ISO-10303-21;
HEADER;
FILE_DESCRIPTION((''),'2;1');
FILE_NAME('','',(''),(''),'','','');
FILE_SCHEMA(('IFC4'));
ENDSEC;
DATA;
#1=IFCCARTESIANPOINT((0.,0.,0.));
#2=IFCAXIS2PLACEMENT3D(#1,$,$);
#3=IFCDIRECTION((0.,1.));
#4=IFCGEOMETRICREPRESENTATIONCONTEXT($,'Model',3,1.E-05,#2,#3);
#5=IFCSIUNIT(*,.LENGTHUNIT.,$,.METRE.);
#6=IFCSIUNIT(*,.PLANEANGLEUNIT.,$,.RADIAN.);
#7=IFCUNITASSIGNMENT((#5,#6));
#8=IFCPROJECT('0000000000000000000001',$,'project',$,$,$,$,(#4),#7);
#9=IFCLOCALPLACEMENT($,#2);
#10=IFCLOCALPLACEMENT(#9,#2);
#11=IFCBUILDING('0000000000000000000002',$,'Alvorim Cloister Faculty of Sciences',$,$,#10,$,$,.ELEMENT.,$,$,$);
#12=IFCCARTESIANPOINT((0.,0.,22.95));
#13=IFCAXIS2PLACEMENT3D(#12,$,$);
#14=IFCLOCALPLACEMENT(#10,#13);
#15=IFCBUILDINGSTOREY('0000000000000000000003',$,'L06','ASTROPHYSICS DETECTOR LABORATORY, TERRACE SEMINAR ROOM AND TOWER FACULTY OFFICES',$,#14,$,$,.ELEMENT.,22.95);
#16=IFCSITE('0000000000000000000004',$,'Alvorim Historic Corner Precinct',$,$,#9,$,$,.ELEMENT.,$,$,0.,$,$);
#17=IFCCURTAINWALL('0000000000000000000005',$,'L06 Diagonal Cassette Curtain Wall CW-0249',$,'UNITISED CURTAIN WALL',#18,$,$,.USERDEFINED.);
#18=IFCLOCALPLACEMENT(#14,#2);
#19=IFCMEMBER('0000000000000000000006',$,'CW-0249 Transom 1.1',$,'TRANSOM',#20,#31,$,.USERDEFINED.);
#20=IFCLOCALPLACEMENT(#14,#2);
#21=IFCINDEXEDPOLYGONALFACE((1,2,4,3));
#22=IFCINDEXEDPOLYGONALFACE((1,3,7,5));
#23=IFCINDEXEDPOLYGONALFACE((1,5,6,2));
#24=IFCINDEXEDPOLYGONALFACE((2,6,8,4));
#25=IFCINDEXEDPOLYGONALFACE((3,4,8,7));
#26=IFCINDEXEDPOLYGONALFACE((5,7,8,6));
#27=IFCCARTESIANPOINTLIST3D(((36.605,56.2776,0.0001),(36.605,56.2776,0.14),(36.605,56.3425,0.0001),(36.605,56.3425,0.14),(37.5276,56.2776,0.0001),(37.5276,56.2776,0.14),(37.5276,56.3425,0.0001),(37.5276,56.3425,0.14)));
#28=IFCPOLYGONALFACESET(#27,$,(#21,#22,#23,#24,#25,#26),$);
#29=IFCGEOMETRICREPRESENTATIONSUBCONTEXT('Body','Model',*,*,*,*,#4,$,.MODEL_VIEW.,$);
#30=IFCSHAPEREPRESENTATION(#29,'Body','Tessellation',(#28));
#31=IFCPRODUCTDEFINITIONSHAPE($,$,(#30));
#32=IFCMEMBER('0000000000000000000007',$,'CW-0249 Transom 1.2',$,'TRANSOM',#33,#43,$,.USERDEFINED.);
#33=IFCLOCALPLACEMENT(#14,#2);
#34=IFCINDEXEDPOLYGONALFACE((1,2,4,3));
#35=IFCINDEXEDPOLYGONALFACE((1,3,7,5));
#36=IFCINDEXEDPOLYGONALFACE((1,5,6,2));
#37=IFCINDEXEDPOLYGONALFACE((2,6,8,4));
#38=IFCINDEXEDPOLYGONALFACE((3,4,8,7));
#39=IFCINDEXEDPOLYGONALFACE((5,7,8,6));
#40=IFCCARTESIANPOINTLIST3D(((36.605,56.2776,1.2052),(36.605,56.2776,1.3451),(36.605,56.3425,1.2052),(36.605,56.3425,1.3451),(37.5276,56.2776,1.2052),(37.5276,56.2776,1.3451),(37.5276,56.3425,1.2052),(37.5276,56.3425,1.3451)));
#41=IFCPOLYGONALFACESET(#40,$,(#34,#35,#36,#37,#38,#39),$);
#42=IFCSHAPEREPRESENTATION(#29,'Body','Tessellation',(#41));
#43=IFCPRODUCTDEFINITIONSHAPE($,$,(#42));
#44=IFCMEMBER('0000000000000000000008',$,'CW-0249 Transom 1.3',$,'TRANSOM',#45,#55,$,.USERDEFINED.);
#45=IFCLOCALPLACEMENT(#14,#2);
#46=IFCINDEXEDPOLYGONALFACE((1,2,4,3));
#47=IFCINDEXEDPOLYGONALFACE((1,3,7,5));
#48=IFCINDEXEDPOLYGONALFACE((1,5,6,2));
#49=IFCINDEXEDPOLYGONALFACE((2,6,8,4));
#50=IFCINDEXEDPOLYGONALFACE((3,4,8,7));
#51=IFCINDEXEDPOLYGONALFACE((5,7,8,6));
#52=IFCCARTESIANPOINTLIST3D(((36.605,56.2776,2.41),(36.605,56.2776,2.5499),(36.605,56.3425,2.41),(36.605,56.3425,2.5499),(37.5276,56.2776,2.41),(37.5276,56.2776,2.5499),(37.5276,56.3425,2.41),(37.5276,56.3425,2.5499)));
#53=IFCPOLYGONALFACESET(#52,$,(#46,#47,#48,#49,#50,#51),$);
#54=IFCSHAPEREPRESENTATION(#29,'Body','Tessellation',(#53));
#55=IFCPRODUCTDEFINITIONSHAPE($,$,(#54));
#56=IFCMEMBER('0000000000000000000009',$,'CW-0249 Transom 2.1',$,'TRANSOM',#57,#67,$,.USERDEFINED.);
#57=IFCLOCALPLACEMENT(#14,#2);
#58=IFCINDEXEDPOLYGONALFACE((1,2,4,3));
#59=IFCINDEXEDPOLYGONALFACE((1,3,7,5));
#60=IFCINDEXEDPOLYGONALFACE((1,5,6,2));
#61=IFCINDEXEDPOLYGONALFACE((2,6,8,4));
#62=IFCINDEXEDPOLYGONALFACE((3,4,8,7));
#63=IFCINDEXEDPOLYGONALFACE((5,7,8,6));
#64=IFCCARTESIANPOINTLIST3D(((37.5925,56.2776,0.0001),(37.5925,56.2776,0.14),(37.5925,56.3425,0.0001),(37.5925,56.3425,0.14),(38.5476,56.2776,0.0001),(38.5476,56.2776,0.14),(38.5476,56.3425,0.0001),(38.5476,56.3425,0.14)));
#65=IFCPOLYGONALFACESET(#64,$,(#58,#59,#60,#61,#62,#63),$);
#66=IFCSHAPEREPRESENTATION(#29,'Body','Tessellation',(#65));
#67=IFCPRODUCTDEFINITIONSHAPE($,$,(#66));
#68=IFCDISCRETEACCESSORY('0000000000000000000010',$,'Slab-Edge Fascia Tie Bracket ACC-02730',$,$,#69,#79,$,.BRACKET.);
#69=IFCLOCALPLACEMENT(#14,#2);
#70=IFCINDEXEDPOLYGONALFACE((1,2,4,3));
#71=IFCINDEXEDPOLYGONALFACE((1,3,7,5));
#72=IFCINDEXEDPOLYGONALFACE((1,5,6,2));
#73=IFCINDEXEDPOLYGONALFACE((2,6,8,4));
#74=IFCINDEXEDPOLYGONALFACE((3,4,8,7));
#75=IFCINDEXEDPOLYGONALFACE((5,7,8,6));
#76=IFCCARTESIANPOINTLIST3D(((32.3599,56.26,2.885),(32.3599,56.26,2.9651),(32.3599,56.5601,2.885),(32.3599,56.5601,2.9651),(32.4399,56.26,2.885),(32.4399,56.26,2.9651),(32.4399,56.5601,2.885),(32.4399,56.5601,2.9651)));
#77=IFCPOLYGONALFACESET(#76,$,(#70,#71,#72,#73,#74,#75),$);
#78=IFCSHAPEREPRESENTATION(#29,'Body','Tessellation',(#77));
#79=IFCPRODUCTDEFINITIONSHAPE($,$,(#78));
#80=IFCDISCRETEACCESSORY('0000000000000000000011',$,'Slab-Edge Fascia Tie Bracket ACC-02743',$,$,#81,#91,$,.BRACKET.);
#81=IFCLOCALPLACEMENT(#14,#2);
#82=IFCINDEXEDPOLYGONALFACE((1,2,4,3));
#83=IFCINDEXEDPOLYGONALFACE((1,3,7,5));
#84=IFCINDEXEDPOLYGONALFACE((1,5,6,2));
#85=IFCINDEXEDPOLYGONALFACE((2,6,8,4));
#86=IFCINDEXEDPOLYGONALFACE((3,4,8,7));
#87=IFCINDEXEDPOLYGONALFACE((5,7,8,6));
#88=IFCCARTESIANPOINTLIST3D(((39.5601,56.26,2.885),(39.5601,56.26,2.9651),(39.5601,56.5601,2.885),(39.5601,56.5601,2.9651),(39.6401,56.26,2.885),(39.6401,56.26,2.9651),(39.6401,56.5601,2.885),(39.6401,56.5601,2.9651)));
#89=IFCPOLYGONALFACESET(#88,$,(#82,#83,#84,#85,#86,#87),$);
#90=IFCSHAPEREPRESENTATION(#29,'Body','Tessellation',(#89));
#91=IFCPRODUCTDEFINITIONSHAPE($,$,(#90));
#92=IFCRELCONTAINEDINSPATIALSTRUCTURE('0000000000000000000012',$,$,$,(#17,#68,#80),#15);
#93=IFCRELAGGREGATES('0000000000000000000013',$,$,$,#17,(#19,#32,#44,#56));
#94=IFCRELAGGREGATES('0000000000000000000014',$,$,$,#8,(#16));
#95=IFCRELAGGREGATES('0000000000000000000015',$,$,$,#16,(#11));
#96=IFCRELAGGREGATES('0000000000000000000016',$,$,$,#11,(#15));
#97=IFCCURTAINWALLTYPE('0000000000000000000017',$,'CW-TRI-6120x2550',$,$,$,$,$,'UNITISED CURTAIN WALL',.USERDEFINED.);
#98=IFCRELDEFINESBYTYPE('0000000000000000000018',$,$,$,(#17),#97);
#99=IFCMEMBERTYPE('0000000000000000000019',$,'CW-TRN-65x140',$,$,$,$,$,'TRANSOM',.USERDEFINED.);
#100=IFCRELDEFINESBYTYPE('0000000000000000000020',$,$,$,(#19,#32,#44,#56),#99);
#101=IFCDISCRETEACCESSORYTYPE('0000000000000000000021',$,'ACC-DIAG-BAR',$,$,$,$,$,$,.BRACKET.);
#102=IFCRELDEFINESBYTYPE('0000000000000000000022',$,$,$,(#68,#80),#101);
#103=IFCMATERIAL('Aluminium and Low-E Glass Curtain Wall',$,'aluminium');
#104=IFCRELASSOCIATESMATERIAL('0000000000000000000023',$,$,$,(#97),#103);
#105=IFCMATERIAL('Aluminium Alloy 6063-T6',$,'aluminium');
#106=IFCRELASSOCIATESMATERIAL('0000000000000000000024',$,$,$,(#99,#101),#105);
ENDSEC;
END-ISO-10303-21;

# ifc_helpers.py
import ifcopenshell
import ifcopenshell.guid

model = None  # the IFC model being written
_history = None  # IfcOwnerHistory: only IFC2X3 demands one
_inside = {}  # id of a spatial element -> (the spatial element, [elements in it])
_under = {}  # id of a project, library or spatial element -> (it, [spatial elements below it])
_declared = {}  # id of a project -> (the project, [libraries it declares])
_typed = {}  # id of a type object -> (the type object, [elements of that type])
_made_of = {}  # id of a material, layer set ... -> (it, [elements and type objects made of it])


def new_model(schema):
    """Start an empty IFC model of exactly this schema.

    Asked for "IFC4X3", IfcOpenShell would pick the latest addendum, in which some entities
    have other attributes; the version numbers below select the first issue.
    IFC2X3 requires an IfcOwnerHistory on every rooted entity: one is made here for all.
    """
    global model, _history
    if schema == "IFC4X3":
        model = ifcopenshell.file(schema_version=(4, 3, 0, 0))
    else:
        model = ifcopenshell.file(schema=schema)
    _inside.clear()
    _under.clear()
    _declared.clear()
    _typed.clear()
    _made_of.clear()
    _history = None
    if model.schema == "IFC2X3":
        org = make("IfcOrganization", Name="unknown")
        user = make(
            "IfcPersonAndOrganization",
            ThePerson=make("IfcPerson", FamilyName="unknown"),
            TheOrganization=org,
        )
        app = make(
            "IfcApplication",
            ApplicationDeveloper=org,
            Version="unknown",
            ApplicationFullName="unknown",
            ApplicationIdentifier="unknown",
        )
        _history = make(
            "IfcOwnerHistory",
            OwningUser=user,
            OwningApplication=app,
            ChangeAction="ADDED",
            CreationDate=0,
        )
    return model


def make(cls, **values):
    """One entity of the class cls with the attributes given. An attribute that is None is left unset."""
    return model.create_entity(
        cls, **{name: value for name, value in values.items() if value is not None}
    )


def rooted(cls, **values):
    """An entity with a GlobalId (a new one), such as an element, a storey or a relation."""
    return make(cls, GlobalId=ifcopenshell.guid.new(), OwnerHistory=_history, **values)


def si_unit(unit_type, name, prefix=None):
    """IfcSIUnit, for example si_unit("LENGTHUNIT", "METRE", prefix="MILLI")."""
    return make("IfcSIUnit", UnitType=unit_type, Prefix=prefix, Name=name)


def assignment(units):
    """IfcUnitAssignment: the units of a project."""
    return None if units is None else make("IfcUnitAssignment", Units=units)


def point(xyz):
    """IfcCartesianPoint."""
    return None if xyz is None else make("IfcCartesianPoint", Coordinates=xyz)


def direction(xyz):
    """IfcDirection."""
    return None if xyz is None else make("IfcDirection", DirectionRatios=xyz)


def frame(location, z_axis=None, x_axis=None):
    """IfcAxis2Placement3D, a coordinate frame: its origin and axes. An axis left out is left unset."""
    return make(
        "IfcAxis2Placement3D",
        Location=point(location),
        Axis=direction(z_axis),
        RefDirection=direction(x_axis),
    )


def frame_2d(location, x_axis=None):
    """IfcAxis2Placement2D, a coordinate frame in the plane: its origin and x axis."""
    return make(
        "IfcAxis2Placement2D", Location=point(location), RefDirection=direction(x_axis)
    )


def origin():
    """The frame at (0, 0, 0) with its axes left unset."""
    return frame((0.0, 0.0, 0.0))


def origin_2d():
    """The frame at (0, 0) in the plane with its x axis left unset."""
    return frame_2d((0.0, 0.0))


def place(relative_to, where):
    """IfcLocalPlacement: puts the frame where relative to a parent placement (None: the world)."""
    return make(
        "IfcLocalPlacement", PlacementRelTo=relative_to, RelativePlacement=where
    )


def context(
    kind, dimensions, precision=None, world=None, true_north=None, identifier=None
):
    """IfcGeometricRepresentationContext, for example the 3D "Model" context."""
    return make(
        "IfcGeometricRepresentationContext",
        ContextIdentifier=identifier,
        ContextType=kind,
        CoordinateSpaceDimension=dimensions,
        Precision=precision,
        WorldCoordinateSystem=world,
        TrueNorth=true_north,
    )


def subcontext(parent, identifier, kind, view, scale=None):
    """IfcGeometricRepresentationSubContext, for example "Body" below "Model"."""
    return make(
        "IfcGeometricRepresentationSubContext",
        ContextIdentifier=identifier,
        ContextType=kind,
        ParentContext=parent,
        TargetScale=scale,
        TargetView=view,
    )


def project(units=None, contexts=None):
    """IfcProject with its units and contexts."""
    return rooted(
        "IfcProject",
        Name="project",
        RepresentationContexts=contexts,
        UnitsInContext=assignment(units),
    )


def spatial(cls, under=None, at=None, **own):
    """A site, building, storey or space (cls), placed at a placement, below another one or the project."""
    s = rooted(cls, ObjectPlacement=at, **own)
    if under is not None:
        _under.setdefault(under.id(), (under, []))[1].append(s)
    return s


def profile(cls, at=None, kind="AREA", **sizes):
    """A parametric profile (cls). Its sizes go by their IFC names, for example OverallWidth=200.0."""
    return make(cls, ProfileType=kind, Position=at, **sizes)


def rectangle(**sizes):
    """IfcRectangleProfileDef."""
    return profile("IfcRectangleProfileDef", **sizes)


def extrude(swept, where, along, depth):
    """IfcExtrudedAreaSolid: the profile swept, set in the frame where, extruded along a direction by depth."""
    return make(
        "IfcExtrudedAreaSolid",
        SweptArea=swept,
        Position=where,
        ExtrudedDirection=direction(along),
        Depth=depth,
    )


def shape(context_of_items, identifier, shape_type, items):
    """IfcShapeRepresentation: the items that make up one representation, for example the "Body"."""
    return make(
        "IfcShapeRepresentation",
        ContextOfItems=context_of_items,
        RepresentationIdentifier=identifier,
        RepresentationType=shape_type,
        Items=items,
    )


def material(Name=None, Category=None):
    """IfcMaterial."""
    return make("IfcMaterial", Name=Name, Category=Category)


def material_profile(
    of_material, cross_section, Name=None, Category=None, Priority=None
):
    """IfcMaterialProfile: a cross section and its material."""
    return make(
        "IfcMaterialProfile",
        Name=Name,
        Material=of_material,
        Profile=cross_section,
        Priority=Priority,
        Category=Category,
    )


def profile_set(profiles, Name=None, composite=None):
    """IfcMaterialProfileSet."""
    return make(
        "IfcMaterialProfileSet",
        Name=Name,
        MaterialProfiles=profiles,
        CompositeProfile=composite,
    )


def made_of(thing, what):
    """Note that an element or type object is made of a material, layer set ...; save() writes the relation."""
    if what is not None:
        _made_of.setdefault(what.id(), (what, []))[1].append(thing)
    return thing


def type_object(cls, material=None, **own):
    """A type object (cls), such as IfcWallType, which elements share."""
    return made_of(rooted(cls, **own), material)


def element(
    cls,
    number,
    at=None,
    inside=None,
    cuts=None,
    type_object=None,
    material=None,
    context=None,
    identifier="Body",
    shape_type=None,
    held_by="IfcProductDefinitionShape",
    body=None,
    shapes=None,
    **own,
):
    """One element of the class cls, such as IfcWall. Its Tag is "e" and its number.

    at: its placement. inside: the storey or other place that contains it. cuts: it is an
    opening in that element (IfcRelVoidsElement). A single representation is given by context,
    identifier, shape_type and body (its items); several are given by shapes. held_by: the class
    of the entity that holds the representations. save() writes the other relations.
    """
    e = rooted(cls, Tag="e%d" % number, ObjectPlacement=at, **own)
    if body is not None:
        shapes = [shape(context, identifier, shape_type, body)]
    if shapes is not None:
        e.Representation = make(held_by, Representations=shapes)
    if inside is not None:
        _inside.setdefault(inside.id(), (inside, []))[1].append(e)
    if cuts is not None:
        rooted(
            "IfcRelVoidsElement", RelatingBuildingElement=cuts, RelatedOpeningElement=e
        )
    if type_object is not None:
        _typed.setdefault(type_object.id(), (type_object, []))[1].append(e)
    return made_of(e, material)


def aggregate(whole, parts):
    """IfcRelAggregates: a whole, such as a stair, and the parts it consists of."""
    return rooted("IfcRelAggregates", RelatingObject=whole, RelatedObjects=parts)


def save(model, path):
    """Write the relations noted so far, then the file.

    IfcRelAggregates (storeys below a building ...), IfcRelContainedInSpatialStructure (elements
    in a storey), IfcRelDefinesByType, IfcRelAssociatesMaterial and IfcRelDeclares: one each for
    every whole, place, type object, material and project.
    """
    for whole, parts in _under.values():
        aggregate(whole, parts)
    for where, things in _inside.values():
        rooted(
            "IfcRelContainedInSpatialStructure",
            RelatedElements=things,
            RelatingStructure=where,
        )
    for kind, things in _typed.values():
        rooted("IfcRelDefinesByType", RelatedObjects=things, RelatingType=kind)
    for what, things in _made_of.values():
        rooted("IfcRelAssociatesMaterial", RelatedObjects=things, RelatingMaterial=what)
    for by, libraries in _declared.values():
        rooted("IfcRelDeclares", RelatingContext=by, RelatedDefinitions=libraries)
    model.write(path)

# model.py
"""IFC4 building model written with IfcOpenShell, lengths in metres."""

from ifc_helpers import new_model, si_unit, direction, frame, origin, origin_2d, place, context, subcontext, project, spatial, rectangle, extrude, material, material_profile, profile_set, type_object, element, aggregate, save


model = new_model("IFC4")

# Units and contexts
model_context = context("Model", 3, precision=1e-05, world=origin(), true_north=direction((0.0, 1.0)))
body_context = subcontext(model_context, "Body", "Model", "MODEL_VIEW")
ifc_project = project(units=[si_unit("LENGTHUNIT", "METRE"), si_unit("PLANEANGLEUNIT", "RADIAN")], contexts=[model_context])

# Site, building, storey
site_placement = place(None, origin())
site = spatial("IfcSite", under=ifc_project, at=site_placement, Name="Alvorim Historic Corner Precinct", CompositionType="ELEMENT", RefElevation=0.0)
building_placement = place(site_placement, origin())
building = spatial("IfcBuilding", under=site, at=building_placement, Name="Alvorim Cloister Faculty of Sciences", CompositionType="ELEMENT")
storey_placement = place(building_placement, frame((0.0, 0.0, 22.95)))
storey = spatial("IfcBuildingStorey", under=building, at=storey_placement, Name="L06", Description="ASTROPHYSICS DETECTOR LABORATORY, TERRACE SEMINAR ROOM AND TOWER FACULTY OFFICES", CompositionType="ELEMENT", Elevation=22.95)

# Curtain wall
ifc_material_1 = material(Name="Aluminium and Low-E Glass Curtain Wall", Category="aluminium")
curtain_wall_type = type_object("IfcCurtainWallType", Name="CW-TRI-6120x2550", ElementType="UNITISED CURTAIN WALL", PredefinedType="USERDEFINED", material=ifc_material_1)
ifc_material_2 = material(Name="Aluminium Alloy 6063-T6", Category="aluminium")
curtain_wall_1_placement = place(storey_placement, origin())
curtain_wall_1 = element("IfcCurtainWall", 1, at=curtain_wall_1_placement, inside=storey, type_object=curtain_wall_type, Name="L06 Diagonal Cassette Curtain Wall CW-0249", ObjectType="UNITISED CURTAIN WALL", PredefinedType="USERDEFINED")

# Members
ifc_material_profile_1 = material_profile(ifc_material_2, rectangle(XDim=0.0649, YDim=0.1399, at=origin_2d()), Name="ALU-TRN-65x140")
ifc_profile_set_1 = profile_set([ifc_material_profile_1], Name="Aluminium Alloy 6063-T6")
member_type_1 = type_object("IfcMemberType", Name="CW-TRN-65x140", ElementType="TRANSOM", PredefinedType="USERDEFINED", material=ifc_profile_set_1)
member_1_placement = place(storey_placement, frame((36.605, 56.3101, 0.0701), z_axis=(1.0, 0.0, 0.0), x_axis=(0.0, 1.0, 0.0)))
member_1 = element("IfcMember", 2, at=member_1_placement, type_object=member_type_1, Name="CW-0249 Transom 1.1", ObjectType="TRANSOM", PredefinedType="USERDEFINED", context=body_context, shape_type="SweptSolid", body=[
    extrude(rectangle(XDim=0.0649, YDim=0.1399, at=origin_2d()), origin(), (0.0, 0.0, 1.0), 0.9226),
])
member_2_placement = place(storey_placement, frame((36.605, 56.3101, 1.2751), z_axis=(1.0, 0.0, 0.0), x_axis=(0.0, 1.0, 0.0)))
member_2 = element("IfcMember", 3, at=member_2_placement, type_object=member_type_1, Name="CW-0249 Transom 1.2", ObjectType="TRANSOM", PredefinedType="USERDEFINED", context=body_context, shape_type="SweptSolid", body=[
    extrude(rectangle(XDim=0.0649, YDim=0.1399, at=origin_2d()), origin(), (0.0, 0.0, 1.0), 0.9226),
])
member_3_placement = place(storey_placement, frame((36.605, 56.3101, 2.48), z_axis=(1.0, 0.0, 0.0), x_axis=(0.0, 1.0, 0.0)))
member_3 = element("IfcMember", 4, at=member_3_placement, type_object=member_type_1, Name="CW-0249 Transom 1.3", ObjectType="TRANSOM", PredefinedType="USERDEFINED", context=body_context, shape_type="SweptSolid", body=[
    extrude(rectangle(XDim=0.0649, YDim=0.1399, at=origin_2d()), origin(), (0.0, 0.0, 1.0), 0.9226),
])
member_4_placement = place(storey_placement, frame((37.5925, 56.3101, 0.0701), z_axis=(1.0, 0.0, 0.0), x_axis=(0.0, 1.0, 0.0)))
member_4 = element("IfcMember", 5, at=member_4_placement, type_object=member_type_1, Name="CW-0249 Transom 2.1", ObjectType="TRANSOM", PredefinedType="USERDEFINED", context=body_context, shape_type="SweptSolid", body=[
    extrude(rectangle(XDim=0.0649, YDim=0.1399, at=origin_2d()), origin(), (0.0, 0.0, 1.0), 0.9551),
])
aggregate(curtain_wall_1, [member_1, member_2, member_3, member_4])

# Discrete accessories
discrete_accessory_type = type_object("IfcDiscreteAccessoryType", Name="ACC-DIAG-BAR", PredefinedType="BRACKET", material=ifc_material_2)
for number, where, z_axis, x_axis, name in (
    (6, (32.3999, 56.26, 2.925), (0.0, 1.0, 0.0), (-1.0, 0.0, 0.0), "Slab-Edge Fascia Tie Bracket ACC-02730"),
    (7, (39.6001, 56.26, 2.925), (0.0, 1.0, 0.0), (-1.0, 0.0, 0.0), "Slab-Edge Fascia Tie Bracket ACC-02743"),
):
    element("IfcDiscreteAccessory", number, at=place(storey_placement, frame(where, z_axis=z_axis, x_axis=x_axis)), inside=storey, type_object=discrete_accessory_type, Name=name, PredefinedType="BRACKET", context=body_context, shape_type="SweptSolid", body=[
        extrude(rectangle(XDim=0.0801, YDim=0.0801, at=origin_2d()), origin(), (0.0, 0.0, 1.0), 0.3),
    ])

save(model, "model.ifc")
